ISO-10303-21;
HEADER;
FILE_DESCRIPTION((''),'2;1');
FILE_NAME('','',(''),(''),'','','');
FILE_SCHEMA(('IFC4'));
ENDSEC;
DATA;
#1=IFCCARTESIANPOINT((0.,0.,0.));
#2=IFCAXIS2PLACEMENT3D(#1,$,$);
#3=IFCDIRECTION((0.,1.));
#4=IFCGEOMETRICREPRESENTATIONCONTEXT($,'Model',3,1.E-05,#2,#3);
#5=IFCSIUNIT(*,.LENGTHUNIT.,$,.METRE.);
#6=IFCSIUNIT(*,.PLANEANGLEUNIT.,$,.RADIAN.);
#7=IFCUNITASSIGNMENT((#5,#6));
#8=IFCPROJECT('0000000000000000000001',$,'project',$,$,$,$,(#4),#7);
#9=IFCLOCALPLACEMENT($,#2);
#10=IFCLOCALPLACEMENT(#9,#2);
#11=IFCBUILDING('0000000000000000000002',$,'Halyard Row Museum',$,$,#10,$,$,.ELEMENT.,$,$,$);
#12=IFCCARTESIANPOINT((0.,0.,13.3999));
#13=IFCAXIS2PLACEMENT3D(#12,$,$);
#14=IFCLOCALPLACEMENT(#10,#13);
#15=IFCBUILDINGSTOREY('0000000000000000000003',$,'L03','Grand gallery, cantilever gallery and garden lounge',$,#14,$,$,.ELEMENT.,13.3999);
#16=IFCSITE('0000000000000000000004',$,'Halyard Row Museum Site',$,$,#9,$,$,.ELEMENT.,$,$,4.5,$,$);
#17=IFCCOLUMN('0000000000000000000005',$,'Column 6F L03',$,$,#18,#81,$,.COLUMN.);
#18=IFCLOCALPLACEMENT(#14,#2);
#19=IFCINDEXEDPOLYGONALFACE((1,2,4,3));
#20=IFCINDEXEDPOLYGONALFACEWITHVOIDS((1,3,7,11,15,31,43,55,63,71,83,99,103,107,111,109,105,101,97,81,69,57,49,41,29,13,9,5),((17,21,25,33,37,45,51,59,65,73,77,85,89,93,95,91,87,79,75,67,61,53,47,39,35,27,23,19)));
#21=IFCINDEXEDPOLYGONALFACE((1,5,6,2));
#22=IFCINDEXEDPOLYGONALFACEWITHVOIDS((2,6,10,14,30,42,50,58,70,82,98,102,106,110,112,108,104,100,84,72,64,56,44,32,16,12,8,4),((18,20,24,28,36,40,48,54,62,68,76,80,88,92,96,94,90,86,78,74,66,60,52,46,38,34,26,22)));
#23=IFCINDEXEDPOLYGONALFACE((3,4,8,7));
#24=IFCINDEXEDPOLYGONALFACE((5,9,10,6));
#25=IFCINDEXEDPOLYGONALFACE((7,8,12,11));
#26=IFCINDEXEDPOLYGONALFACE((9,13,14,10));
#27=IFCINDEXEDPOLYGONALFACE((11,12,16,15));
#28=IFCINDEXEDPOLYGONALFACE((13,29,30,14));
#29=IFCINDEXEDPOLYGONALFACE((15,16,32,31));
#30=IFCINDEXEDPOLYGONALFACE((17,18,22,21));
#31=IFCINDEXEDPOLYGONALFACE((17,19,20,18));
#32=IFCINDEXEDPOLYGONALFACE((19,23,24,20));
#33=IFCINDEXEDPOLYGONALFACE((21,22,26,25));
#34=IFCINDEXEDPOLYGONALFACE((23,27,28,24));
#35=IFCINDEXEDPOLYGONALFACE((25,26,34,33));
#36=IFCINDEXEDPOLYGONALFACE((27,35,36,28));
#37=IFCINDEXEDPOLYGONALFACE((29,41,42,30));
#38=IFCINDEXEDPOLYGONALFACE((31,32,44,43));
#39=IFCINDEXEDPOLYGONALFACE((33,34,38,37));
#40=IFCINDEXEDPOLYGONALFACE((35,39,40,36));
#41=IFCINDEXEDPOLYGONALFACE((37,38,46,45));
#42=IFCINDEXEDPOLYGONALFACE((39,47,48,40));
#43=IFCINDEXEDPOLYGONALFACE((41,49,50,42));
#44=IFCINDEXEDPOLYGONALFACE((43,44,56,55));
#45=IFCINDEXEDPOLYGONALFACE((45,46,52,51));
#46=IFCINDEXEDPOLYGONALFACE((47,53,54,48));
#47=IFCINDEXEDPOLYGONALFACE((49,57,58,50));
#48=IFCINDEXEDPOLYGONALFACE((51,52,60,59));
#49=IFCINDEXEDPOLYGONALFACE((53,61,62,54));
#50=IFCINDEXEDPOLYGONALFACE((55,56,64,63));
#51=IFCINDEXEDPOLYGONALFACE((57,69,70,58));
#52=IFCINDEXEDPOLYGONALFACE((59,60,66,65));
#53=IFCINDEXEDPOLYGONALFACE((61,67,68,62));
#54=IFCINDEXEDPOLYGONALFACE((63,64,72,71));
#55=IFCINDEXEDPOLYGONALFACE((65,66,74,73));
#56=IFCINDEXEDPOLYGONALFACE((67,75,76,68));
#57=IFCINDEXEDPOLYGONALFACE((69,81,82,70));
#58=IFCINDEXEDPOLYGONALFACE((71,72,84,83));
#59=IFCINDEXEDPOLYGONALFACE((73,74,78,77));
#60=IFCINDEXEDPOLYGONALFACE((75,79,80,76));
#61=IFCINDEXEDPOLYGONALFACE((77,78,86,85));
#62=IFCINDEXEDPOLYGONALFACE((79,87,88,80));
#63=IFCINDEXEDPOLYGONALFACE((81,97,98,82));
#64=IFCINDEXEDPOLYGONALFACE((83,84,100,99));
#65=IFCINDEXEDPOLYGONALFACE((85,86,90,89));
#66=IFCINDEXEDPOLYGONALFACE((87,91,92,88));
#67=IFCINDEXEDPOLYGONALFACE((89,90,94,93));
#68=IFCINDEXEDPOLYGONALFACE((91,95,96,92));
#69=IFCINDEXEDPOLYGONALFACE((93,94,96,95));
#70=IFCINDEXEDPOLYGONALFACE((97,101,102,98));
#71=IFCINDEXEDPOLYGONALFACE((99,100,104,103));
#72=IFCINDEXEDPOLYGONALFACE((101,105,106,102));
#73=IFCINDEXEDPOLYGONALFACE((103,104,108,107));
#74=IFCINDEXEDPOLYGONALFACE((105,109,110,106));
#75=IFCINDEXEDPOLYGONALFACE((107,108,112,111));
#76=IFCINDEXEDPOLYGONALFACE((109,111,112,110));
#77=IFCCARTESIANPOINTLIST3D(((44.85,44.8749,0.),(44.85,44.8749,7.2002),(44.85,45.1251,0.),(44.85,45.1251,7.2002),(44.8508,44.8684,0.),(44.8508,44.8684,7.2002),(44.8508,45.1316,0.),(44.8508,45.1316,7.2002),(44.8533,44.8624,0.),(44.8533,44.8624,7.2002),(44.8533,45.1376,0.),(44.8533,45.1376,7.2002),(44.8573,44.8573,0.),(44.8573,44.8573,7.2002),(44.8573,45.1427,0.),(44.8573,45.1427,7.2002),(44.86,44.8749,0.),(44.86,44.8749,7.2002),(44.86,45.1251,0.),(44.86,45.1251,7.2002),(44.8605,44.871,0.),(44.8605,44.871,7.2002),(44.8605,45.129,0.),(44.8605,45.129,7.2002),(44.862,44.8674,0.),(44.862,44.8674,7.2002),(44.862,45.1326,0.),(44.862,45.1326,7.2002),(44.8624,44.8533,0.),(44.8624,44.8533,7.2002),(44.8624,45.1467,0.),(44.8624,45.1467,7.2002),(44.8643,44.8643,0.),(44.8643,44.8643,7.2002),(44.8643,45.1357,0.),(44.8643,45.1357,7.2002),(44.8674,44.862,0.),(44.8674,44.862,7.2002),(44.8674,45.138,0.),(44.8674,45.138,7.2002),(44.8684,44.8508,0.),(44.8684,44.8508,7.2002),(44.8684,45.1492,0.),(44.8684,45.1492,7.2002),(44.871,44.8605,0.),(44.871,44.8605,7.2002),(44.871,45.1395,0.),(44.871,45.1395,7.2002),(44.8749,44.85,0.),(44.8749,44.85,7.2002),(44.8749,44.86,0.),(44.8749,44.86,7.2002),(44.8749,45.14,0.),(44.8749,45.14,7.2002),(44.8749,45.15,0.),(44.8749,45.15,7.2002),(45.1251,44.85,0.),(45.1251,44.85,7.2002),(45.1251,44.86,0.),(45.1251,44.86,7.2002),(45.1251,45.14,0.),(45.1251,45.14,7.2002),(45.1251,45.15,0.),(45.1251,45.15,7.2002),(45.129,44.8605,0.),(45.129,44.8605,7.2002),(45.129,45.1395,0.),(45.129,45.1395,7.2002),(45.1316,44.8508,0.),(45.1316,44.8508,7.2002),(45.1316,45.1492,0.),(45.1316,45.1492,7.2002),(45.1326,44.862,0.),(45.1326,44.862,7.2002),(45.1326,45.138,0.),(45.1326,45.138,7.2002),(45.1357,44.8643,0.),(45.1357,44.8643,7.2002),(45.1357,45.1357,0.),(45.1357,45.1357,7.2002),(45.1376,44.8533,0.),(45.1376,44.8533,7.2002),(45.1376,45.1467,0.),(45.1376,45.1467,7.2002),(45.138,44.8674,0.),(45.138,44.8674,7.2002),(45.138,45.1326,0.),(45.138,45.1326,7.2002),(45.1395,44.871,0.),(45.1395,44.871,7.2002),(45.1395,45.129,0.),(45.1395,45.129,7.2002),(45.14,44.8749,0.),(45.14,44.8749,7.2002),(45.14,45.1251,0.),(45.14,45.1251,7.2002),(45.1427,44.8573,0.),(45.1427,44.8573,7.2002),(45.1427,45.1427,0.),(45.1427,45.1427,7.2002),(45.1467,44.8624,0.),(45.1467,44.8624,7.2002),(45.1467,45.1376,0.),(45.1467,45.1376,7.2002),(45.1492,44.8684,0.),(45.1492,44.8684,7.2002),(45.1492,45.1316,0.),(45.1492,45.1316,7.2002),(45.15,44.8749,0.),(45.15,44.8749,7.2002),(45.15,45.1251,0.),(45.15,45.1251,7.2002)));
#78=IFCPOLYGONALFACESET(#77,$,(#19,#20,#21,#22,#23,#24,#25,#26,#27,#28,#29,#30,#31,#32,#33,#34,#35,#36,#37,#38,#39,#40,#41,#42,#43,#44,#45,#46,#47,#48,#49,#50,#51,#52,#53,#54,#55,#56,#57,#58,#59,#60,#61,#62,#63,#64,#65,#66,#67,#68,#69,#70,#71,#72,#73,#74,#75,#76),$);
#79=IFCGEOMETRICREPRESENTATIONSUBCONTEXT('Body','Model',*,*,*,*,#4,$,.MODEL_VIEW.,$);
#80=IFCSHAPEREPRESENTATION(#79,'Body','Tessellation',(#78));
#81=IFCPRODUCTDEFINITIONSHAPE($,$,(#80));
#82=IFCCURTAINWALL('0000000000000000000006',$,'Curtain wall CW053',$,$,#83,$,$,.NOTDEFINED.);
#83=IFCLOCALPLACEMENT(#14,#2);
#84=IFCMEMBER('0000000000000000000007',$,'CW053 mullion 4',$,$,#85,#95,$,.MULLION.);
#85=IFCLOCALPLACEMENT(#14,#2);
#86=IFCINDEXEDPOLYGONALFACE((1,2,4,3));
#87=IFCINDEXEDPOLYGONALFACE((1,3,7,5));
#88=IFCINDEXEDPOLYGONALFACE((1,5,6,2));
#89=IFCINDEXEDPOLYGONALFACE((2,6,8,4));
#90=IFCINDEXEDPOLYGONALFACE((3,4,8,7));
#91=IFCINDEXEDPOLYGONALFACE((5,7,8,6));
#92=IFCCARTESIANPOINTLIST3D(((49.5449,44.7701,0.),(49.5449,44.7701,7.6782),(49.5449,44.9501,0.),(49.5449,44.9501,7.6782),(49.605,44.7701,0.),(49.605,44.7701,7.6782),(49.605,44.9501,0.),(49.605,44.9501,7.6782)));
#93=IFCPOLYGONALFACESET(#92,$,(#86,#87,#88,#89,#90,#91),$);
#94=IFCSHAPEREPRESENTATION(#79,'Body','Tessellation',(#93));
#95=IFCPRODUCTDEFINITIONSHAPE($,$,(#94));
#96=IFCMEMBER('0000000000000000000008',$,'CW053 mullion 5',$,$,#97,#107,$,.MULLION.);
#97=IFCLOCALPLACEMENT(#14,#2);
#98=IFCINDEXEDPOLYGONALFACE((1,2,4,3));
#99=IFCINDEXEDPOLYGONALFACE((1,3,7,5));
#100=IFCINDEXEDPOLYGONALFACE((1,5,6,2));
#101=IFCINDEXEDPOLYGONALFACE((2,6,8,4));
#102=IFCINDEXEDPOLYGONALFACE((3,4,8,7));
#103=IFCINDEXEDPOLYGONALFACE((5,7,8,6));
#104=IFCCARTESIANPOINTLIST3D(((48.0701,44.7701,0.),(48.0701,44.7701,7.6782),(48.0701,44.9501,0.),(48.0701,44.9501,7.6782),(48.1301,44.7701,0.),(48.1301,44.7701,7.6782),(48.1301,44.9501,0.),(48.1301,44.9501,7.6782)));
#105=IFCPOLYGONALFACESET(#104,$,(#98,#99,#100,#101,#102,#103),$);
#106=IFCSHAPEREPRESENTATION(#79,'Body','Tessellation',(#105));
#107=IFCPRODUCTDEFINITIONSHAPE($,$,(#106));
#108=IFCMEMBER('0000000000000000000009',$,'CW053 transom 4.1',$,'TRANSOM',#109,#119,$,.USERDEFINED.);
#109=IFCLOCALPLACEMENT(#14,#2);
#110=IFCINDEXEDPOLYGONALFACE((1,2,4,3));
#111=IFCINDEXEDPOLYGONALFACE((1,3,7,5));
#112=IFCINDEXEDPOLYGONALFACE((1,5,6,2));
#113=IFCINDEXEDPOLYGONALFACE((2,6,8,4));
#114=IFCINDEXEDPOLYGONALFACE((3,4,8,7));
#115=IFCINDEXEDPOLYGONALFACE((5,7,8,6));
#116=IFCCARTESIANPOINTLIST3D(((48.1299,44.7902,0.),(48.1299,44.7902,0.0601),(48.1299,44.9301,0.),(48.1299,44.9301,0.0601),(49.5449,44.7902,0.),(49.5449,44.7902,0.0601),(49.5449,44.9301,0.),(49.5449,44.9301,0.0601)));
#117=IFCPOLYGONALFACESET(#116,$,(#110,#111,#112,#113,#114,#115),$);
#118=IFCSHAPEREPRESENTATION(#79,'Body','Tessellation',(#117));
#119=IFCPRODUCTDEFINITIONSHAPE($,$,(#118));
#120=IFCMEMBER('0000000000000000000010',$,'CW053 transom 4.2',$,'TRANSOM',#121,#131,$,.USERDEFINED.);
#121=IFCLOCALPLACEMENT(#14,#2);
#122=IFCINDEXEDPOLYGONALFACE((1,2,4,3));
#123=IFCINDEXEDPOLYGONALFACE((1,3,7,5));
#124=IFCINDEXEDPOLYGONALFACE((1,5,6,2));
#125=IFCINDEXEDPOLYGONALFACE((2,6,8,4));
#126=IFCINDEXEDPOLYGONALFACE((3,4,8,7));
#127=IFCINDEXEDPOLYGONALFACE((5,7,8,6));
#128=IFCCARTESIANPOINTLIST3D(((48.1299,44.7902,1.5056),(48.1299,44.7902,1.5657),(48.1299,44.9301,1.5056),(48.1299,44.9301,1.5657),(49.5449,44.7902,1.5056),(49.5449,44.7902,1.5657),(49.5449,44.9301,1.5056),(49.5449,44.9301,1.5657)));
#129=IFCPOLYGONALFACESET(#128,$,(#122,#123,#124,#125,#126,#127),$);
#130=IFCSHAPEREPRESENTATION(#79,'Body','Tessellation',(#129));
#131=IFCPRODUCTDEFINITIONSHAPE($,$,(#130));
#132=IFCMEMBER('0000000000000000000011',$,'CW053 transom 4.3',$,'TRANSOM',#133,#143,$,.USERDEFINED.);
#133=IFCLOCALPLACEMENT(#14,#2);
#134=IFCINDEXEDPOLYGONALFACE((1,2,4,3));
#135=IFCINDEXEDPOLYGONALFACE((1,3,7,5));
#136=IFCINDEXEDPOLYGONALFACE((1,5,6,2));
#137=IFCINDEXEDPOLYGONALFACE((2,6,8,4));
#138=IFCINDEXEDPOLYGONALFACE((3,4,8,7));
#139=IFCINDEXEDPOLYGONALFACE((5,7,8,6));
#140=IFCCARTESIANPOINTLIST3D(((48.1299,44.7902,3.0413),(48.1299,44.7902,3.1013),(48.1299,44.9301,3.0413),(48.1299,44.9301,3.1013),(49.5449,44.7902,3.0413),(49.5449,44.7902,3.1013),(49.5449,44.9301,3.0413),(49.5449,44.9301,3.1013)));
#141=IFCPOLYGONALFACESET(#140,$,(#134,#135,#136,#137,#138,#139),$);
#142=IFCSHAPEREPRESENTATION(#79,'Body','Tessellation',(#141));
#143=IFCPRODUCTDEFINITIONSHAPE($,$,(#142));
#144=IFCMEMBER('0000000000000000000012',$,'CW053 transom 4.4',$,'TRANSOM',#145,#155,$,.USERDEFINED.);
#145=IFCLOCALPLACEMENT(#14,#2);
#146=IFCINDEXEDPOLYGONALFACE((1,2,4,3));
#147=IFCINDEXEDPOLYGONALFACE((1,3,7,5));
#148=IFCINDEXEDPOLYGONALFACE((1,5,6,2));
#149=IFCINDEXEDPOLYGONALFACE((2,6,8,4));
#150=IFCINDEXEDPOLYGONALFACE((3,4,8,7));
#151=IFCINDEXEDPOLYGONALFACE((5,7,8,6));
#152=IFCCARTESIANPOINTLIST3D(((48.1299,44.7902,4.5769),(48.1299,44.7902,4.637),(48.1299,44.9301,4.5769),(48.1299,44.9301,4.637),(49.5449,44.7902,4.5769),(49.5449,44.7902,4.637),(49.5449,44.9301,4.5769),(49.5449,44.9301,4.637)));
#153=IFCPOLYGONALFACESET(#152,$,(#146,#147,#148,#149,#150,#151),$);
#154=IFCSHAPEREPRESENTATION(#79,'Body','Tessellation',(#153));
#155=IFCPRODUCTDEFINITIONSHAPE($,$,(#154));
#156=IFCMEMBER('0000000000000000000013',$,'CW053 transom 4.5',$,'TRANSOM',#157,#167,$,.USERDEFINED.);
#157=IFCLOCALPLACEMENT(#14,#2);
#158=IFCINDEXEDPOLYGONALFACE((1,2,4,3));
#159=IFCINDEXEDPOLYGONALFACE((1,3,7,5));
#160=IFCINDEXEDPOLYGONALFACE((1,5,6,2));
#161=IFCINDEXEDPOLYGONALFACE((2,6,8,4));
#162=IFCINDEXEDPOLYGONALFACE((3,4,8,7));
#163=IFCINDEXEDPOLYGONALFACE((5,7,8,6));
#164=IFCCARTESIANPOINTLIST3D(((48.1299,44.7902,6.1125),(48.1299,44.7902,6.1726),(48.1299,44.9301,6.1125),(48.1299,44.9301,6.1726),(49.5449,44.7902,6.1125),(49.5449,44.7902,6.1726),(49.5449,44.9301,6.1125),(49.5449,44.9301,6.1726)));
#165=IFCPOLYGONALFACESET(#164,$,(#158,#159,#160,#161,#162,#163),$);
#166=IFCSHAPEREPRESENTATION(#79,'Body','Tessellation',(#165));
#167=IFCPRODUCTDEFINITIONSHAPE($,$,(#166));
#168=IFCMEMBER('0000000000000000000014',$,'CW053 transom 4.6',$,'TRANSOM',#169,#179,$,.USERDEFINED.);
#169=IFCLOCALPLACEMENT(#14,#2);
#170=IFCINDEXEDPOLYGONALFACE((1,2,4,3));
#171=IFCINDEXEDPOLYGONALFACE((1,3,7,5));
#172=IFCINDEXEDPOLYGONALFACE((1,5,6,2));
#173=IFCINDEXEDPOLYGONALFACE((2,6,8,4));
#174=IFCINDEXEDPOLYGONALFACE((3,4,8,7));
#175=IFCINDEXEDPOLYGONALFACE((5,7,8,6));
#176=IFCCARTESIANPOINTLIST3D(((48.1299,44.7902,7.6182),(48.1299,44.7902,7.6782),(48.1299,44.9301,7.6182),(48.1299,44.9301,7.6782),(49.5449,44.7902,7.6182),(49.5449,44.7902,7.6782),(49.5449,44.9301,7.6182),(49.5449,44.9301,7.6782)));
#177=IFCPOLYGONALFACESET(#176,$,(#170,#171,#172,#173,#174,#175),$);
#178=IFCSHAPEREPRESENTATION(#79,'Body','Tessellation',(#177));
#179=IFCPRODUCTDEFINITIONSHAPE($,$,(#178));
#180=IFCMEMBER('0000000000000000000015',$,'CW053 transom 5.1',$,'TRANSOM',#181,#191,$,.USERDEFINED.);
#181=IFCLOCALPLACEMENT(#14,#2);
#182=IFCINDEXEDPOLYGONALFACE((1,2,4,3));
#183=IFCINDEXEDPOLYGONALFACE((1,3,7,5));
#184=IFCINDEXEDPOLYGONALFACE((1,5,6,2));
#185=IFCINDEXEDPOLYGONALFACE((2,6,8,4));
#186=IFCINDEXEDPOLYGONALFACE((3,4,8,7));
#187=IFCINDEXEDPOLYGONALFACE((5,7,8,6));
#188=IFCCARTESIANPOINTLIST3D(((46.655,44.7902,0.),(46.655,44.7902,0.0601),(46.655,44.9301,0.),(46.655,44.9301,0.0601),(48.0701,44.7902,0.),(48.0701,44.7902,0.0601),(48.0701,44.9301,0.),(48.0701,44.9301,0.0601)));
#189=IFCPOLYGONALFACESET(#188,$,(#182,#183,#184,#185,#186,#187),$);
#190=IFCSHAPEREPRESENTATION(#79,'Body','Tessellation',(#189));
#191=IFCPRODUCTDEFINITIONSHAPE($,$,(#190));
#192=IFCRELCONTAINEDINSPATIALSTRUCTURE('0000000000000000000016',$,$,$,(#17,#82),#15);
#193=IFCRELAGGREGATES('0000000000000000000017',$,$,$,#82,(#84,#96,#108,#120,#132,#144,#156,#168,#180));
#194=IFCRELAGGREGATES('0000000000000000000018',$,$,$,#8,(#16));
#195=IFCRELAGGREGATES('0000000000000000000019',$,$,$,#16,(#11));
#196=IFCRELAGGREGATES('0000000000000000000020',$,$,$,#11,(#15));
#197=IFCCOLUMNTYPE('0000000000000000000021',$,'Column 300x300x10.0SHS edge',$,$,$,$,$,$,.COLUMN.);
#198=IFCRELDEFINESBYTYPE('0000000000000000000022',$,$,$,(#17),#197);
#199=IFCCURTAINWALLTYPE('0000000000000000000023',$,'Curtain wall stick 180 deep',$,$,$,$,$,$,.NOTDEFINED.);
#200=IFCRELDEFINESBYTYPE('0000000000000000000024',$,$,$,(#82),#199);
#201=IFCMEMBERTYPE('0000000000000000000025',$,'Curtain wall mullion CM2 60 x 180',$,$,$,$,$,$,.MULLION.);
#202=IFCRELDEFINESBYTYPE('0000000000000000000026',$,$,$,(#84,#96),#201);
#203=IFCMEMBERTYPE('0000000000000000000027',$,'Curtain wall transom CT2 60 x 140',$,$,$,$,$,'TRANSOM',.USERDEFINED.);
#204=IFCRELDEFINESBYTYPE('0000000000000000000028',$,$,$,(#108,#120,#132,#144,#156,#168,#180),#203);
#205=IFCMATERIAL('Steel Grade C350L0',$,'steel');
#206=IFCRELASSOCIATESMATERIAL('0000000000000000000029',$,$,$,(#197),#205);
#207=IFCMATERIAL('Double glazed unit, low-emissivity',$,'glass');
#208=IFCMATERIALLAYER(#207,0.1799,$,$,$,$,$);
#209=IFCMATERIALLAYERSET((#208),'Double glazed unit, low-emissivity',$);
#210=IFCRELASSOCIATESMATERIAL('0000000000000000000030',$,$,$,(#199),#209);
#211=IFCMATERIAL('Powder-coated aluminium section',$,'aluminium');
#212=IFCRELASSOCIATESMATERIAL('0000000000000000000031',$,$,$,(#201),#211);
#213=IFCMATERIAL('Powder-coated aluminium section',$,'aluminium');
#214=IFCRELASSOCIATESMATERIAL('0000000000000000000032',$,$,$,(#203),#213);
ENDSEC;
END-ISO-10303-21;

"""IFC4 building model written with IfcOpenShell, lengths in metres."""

from ifc_helpers import new_model, si_unit, direction, frame, origin, origin_2d, place, context, subcontext, project, spatial, rectangle, hollow_rectangle, extrude, material, layer, layer_set, material_profile, profile_set, type_object, element, aggregate, save


model = new_model("IFC4")

# Units and contexts
model_context = context("Model", 3, precision=1e-05, world=origin(), true_north=direction((0.0, 1.0)))
body_context = subcontext(model_context, "Body", "Model", "MODEL_VIEW")
ifc_project = project(units=[si_unit("LENGTHUNIT", "METRE"), si_unit("PLANEANGLEUNIT", "RADIAN")], contexts=[model_context])

# Site, building, storey
site_placement = place(None, origin())
site = spatial("IfcSite", under=ifc_project, at=site_placement, Name="Halyard Row Museum Site", CompositionType="ELEMENT", RefElevation=4.5)
building_placement = place(site_placement, origin())
building = spatial("IfcBuilding", under=site, at=building_placement, Name="Halyard Row Museum", CompositionType="ELEMENT")
storey_placement = place(building_placement, frame((0.0, 0.0, 13.3999)))
storey = spatial("IfcBuildingStorey", under=building, at=storey_placement, Name="L03", Description="Grand gallery, cantilever gallery and garden lounge", CompositionType="ELEMENT", Elevation=13.3999)

# Column
ifc_material_1 = material(Name="Steel Grade C350L0", Category="steel")
ifc_material_profile_1 = material_profile(ifc_material_1, hollow_rectangle(XDim=0.3, YDim=0.3, WallThickness=0.01, InnerFilletRadius=0.0149, OuterFilletRadius=0.0249, at=origin_2d()), Name="300x300x10.0SHS")
ifc_profile_set_1 = profile_set([ifc_material_profile_1], Name="Steel Grade C350L0")
column_type = type_object("IfcColumnType", Name="Column 300x300x10.0SHS edge", PredefinedType="COLUMN", material=ifc_profile_set_1)
column_placement = place(storey_placement, frame((45.0, 45.0, 0.0), z_axis=(0.0, 0.0, 1.0), x_axis=(1.0, 0.0, 0.0)))
element("IfcColumn", 1, at=column_placement, inside=storey, type_object=column_type, Name="Column 6F L03", PredefinedType="COLUMN", context=body_context, shape_type="SweptSolid", body=[
    extrude(hollow_rectangle(XDim=0.3, YDim=0.3, WallThickness=0.01, InnerFilletRadius=0.0149, OuterFilletRadius=0.0249, at=origin_2d()), origin(), (0.0, 0.0, 1.0), 7.2002),
])

# Curtain wall, members
ifc_material_2 = material(Name="Double glazed unit, low-emissivity", Category="glass")
ifc_layer_1 = layer(ifc_material_2, 0.1799)
ifc_layer_set_1 = layer_set([ifc_layer_1], Name="Double glazed unit, low-emissivity")
curtain_wall_type = type_object("IfcCurtainWallType", Name="Curtain wall stick 180 deep", PredefinedType="NOTDEFINED", material=ifc_layer_set_1)
curtain_wall_placement = place(storey_placement, origin())
curtain_wall = element("IfcCurtainWall", 2, at=curtain_wall_placement, inside=storey, type_object=curtain_wall_type, Name="Curtain wall CW053", PredefinedType="NOTDEFINED")
ifc_material_3 = material(Name="Powder-coated aluminium section", Category="aluminium")
ifc_material_profile_2 = material_profile(ifc_material_3, rectangle(XDim=0.1799, YDim=0.0601, at=origin_2d()), Name="180x60 mullion")
ifc_profile_set_2 = profile_set([ifc_material_profile_2], Name="Powder-coated aluminium section")
member_type_1 = type_object("IfcMemberType", Name="Curtain wall mullion CM2 60 x 180", PredefinedType="MULLION", material=ifc_profile_set_2)
member_1_placement = place(storey_placement, frame((49.575, 44.8601, 0.0), z_axis=(0.0, 0.0, 1.0), x_axis=(0.0, -1.0, 0.0)))
member_1 = element("IfcMember", 3, at=member_1_placement, type_object=member_type_1, Name="CW053 mullion 4", PredefinedType="MULLION", context=body_context, shape_type="SweptSolid", body=[
    extrude(rectangle(XDim=0.1799, YDim=0.0601, at=origin_2d()), origin(), (0.0, 0.0, 1.0), 7.6782),
])
member_2_placement = place(storey_placement, frame((48.1001, 44.8601, 0.0), z_axis=(0.0, 0.0, 1.0), x_axis=(0.0, -1.0, 0.0)))
member_2 = element("IfcMember", 4, at=member_2_placement, type_object=member_type_1, Name="CW053 mullion 5", PredefinedType="MULLION", context=body_context, shape_type="SweptSolid", body=[
    extrude(rectangle(XDim=0.1799, YDim=0.0601, at=origin_2d()), origin(), (0.0, 0.0, 1.0), 7.6782),
])
ifc_material_4 = material(Name="Powder-coated aluminium section", Category="aluminium")
ifc_material_profile_3 = material_profile(ifc_material_4, rectangle(XDim=0.1399, YDim=0.0601, at=origin_2d()), Name="140x60 transom")
ifc_profile_set_3 = profile_set([ifc_material_profile_3], Name="Powder-coated aluminium section")
member_type_2 = type_object("IfcMemberType", Name="Curtain wall transom CT2 60 x 140", ElementType="TRANSOM", PredefinedType="USERDEFINED", material=ifc_profile_set_3)
member_3_placement = place(storey_placement, frame((49.5449, 44.8601, 0.03), z_axis=(-1.0, 0.0, 0.0), x_axis=(0.0, -1.0, 0.0)))
member_3 = element("IfcMember", 5, at=member_3_placement, type_object=member_type_2, Name="CW053 transom 4.1", ObjectType="TRANSOM", PredefinedType="USERDEFINED", context=body_context, shape_type="SweptSolid", body=[
    extrude(rectangle(XDim=0.1399, YDim=0.0601, at=origin_2d()), origin(), (0.0, 0.0, 1.0), 1.415),
])
member_4_placement = place(storey_placement, frame((49.5449, 44.8601, 1.5356), z_axis=(-1.0, 0.0, 0.0), x_axis=(0.0, -1.0, 0.0)))
member_4 = element("IfcMember", 6, at=member_4_placement, type_object=member_type_2, Name="CW053 transom 4.2", ObjectType="TRANSOM", PredefinedType="USERDEFINED", context=body_context, shape_type="SweptSolid", body=[
    extrude(rectangle(XDim=0.1399, YDim=0.0601, at=origin_2d()), origin(), (0.0, 0.0, 1.0), 1.415),
])
member_5_placement = place(storey_placement, frame((49.5449, 44.8601, 3.0713), z_axis=(-1.0, 0.0, 0.0), x_axis=(0.0, -1.0, 0.0)))
member_5 = element("IfcMember", 7, at=member_5_placement, type_object=member_type_2, Name="CW053 transom 4.3", ObjectType="TRANSOM", PredefinedType="USERDEFINED", context=body_context, shape_type="SweptSolid", body=[
    extrude(rectangle(XDim=0.1399, YDim=0.0601, at=origin_2d()), origin(), (0.0, 0.0, 1.0), 1.415),
])
member_6_placement = place(storey_placement, frame((49.5449, 44.8601, 4.6069), z_axis=(-1.0, 0.0, 0.0), x_axis=(0.0, -1.0, 0.0)))
member_6 = element("IfcMember", 8, at=member_6_placement, type_object=member_type_2, Name="CW053 transom 4.4", ObjectType="TRANSOM", PredefinedType="USERDEFINED", context=body_context, shape_type="SweptSolid", body=[
    extrude(rectangle(XDim=0.1399, YDim=0.0601, at=origin_2d()), origin(), (0.0, 0.0, 1.0), 1.415),
])
member_7_placement = place(storey_placement, frame((49.5449, 44.8601, 6.1426), z_axis=(-1.0, 0.0, 0.0), x_axis=(0.0, -1.0, 0.0)))
member_7 = element("IfcMember", 9, at=member_7_placement, type_object=member_type_2, Name="CW053 transom 4.5", ObjectType="TRANSOM", PredefinedType="USERDEFINED", context=body_context, shape_type="SweptSolid", body=[
    extrude(rectangle(XDim=0.1399, YDim=0.0601, at=origin_2d()), origin(), (0.0, 0.0, 1.0), 1.415),
])
member_8_placement = place(storey_placement, frame((49.5449, 44.8601, 7.6482), z_axis=(-1.0, 0.0, 0.0), x_axis=(0.0, -1.0, 0.0)))
member_8 = element("IfcMember", 10, at=member_8_placement, type_object=member_type_2, Name="CW053 transom 4.6", ObjectType="TRANSOM", PredefinedType="USERDEFINED", context=body_context, shape_type="SweptSolid", body=[
    extrude(rectangle(XDim=0.1399, YDim=0.0601, at=origin_2d()), origin(), (0.0, 0.0, 1.0), 1.415),
])
member_9_placement = place(storey_placement, frame((48.0701, 44.8601, 0.03), z_axis=(-1.0, 0.0, 0.0), x_axis=(0.0, -1.0, 0.0)))
member_9 = element("IfcMember", 11, at=member_9_placement, type_object=member_type_2, Name="CW053 transom 5.1", ObjectType="TRANSOM", PredefinedType="USERDEFINED", context=body_context, shape_type="SweptSolid", body=[
    extrude(rectangle(XDim=0.1399, YDim=0.0601, at=origin_2d()), origin(), (0.0, 0.0, 1.0), 1.415),
])

aggregate(curtain_wall, [member_1, member_2, member_3, member_4, member_5, member_6, member_7, member_8, member_9])

save(model, "model.ifc")
